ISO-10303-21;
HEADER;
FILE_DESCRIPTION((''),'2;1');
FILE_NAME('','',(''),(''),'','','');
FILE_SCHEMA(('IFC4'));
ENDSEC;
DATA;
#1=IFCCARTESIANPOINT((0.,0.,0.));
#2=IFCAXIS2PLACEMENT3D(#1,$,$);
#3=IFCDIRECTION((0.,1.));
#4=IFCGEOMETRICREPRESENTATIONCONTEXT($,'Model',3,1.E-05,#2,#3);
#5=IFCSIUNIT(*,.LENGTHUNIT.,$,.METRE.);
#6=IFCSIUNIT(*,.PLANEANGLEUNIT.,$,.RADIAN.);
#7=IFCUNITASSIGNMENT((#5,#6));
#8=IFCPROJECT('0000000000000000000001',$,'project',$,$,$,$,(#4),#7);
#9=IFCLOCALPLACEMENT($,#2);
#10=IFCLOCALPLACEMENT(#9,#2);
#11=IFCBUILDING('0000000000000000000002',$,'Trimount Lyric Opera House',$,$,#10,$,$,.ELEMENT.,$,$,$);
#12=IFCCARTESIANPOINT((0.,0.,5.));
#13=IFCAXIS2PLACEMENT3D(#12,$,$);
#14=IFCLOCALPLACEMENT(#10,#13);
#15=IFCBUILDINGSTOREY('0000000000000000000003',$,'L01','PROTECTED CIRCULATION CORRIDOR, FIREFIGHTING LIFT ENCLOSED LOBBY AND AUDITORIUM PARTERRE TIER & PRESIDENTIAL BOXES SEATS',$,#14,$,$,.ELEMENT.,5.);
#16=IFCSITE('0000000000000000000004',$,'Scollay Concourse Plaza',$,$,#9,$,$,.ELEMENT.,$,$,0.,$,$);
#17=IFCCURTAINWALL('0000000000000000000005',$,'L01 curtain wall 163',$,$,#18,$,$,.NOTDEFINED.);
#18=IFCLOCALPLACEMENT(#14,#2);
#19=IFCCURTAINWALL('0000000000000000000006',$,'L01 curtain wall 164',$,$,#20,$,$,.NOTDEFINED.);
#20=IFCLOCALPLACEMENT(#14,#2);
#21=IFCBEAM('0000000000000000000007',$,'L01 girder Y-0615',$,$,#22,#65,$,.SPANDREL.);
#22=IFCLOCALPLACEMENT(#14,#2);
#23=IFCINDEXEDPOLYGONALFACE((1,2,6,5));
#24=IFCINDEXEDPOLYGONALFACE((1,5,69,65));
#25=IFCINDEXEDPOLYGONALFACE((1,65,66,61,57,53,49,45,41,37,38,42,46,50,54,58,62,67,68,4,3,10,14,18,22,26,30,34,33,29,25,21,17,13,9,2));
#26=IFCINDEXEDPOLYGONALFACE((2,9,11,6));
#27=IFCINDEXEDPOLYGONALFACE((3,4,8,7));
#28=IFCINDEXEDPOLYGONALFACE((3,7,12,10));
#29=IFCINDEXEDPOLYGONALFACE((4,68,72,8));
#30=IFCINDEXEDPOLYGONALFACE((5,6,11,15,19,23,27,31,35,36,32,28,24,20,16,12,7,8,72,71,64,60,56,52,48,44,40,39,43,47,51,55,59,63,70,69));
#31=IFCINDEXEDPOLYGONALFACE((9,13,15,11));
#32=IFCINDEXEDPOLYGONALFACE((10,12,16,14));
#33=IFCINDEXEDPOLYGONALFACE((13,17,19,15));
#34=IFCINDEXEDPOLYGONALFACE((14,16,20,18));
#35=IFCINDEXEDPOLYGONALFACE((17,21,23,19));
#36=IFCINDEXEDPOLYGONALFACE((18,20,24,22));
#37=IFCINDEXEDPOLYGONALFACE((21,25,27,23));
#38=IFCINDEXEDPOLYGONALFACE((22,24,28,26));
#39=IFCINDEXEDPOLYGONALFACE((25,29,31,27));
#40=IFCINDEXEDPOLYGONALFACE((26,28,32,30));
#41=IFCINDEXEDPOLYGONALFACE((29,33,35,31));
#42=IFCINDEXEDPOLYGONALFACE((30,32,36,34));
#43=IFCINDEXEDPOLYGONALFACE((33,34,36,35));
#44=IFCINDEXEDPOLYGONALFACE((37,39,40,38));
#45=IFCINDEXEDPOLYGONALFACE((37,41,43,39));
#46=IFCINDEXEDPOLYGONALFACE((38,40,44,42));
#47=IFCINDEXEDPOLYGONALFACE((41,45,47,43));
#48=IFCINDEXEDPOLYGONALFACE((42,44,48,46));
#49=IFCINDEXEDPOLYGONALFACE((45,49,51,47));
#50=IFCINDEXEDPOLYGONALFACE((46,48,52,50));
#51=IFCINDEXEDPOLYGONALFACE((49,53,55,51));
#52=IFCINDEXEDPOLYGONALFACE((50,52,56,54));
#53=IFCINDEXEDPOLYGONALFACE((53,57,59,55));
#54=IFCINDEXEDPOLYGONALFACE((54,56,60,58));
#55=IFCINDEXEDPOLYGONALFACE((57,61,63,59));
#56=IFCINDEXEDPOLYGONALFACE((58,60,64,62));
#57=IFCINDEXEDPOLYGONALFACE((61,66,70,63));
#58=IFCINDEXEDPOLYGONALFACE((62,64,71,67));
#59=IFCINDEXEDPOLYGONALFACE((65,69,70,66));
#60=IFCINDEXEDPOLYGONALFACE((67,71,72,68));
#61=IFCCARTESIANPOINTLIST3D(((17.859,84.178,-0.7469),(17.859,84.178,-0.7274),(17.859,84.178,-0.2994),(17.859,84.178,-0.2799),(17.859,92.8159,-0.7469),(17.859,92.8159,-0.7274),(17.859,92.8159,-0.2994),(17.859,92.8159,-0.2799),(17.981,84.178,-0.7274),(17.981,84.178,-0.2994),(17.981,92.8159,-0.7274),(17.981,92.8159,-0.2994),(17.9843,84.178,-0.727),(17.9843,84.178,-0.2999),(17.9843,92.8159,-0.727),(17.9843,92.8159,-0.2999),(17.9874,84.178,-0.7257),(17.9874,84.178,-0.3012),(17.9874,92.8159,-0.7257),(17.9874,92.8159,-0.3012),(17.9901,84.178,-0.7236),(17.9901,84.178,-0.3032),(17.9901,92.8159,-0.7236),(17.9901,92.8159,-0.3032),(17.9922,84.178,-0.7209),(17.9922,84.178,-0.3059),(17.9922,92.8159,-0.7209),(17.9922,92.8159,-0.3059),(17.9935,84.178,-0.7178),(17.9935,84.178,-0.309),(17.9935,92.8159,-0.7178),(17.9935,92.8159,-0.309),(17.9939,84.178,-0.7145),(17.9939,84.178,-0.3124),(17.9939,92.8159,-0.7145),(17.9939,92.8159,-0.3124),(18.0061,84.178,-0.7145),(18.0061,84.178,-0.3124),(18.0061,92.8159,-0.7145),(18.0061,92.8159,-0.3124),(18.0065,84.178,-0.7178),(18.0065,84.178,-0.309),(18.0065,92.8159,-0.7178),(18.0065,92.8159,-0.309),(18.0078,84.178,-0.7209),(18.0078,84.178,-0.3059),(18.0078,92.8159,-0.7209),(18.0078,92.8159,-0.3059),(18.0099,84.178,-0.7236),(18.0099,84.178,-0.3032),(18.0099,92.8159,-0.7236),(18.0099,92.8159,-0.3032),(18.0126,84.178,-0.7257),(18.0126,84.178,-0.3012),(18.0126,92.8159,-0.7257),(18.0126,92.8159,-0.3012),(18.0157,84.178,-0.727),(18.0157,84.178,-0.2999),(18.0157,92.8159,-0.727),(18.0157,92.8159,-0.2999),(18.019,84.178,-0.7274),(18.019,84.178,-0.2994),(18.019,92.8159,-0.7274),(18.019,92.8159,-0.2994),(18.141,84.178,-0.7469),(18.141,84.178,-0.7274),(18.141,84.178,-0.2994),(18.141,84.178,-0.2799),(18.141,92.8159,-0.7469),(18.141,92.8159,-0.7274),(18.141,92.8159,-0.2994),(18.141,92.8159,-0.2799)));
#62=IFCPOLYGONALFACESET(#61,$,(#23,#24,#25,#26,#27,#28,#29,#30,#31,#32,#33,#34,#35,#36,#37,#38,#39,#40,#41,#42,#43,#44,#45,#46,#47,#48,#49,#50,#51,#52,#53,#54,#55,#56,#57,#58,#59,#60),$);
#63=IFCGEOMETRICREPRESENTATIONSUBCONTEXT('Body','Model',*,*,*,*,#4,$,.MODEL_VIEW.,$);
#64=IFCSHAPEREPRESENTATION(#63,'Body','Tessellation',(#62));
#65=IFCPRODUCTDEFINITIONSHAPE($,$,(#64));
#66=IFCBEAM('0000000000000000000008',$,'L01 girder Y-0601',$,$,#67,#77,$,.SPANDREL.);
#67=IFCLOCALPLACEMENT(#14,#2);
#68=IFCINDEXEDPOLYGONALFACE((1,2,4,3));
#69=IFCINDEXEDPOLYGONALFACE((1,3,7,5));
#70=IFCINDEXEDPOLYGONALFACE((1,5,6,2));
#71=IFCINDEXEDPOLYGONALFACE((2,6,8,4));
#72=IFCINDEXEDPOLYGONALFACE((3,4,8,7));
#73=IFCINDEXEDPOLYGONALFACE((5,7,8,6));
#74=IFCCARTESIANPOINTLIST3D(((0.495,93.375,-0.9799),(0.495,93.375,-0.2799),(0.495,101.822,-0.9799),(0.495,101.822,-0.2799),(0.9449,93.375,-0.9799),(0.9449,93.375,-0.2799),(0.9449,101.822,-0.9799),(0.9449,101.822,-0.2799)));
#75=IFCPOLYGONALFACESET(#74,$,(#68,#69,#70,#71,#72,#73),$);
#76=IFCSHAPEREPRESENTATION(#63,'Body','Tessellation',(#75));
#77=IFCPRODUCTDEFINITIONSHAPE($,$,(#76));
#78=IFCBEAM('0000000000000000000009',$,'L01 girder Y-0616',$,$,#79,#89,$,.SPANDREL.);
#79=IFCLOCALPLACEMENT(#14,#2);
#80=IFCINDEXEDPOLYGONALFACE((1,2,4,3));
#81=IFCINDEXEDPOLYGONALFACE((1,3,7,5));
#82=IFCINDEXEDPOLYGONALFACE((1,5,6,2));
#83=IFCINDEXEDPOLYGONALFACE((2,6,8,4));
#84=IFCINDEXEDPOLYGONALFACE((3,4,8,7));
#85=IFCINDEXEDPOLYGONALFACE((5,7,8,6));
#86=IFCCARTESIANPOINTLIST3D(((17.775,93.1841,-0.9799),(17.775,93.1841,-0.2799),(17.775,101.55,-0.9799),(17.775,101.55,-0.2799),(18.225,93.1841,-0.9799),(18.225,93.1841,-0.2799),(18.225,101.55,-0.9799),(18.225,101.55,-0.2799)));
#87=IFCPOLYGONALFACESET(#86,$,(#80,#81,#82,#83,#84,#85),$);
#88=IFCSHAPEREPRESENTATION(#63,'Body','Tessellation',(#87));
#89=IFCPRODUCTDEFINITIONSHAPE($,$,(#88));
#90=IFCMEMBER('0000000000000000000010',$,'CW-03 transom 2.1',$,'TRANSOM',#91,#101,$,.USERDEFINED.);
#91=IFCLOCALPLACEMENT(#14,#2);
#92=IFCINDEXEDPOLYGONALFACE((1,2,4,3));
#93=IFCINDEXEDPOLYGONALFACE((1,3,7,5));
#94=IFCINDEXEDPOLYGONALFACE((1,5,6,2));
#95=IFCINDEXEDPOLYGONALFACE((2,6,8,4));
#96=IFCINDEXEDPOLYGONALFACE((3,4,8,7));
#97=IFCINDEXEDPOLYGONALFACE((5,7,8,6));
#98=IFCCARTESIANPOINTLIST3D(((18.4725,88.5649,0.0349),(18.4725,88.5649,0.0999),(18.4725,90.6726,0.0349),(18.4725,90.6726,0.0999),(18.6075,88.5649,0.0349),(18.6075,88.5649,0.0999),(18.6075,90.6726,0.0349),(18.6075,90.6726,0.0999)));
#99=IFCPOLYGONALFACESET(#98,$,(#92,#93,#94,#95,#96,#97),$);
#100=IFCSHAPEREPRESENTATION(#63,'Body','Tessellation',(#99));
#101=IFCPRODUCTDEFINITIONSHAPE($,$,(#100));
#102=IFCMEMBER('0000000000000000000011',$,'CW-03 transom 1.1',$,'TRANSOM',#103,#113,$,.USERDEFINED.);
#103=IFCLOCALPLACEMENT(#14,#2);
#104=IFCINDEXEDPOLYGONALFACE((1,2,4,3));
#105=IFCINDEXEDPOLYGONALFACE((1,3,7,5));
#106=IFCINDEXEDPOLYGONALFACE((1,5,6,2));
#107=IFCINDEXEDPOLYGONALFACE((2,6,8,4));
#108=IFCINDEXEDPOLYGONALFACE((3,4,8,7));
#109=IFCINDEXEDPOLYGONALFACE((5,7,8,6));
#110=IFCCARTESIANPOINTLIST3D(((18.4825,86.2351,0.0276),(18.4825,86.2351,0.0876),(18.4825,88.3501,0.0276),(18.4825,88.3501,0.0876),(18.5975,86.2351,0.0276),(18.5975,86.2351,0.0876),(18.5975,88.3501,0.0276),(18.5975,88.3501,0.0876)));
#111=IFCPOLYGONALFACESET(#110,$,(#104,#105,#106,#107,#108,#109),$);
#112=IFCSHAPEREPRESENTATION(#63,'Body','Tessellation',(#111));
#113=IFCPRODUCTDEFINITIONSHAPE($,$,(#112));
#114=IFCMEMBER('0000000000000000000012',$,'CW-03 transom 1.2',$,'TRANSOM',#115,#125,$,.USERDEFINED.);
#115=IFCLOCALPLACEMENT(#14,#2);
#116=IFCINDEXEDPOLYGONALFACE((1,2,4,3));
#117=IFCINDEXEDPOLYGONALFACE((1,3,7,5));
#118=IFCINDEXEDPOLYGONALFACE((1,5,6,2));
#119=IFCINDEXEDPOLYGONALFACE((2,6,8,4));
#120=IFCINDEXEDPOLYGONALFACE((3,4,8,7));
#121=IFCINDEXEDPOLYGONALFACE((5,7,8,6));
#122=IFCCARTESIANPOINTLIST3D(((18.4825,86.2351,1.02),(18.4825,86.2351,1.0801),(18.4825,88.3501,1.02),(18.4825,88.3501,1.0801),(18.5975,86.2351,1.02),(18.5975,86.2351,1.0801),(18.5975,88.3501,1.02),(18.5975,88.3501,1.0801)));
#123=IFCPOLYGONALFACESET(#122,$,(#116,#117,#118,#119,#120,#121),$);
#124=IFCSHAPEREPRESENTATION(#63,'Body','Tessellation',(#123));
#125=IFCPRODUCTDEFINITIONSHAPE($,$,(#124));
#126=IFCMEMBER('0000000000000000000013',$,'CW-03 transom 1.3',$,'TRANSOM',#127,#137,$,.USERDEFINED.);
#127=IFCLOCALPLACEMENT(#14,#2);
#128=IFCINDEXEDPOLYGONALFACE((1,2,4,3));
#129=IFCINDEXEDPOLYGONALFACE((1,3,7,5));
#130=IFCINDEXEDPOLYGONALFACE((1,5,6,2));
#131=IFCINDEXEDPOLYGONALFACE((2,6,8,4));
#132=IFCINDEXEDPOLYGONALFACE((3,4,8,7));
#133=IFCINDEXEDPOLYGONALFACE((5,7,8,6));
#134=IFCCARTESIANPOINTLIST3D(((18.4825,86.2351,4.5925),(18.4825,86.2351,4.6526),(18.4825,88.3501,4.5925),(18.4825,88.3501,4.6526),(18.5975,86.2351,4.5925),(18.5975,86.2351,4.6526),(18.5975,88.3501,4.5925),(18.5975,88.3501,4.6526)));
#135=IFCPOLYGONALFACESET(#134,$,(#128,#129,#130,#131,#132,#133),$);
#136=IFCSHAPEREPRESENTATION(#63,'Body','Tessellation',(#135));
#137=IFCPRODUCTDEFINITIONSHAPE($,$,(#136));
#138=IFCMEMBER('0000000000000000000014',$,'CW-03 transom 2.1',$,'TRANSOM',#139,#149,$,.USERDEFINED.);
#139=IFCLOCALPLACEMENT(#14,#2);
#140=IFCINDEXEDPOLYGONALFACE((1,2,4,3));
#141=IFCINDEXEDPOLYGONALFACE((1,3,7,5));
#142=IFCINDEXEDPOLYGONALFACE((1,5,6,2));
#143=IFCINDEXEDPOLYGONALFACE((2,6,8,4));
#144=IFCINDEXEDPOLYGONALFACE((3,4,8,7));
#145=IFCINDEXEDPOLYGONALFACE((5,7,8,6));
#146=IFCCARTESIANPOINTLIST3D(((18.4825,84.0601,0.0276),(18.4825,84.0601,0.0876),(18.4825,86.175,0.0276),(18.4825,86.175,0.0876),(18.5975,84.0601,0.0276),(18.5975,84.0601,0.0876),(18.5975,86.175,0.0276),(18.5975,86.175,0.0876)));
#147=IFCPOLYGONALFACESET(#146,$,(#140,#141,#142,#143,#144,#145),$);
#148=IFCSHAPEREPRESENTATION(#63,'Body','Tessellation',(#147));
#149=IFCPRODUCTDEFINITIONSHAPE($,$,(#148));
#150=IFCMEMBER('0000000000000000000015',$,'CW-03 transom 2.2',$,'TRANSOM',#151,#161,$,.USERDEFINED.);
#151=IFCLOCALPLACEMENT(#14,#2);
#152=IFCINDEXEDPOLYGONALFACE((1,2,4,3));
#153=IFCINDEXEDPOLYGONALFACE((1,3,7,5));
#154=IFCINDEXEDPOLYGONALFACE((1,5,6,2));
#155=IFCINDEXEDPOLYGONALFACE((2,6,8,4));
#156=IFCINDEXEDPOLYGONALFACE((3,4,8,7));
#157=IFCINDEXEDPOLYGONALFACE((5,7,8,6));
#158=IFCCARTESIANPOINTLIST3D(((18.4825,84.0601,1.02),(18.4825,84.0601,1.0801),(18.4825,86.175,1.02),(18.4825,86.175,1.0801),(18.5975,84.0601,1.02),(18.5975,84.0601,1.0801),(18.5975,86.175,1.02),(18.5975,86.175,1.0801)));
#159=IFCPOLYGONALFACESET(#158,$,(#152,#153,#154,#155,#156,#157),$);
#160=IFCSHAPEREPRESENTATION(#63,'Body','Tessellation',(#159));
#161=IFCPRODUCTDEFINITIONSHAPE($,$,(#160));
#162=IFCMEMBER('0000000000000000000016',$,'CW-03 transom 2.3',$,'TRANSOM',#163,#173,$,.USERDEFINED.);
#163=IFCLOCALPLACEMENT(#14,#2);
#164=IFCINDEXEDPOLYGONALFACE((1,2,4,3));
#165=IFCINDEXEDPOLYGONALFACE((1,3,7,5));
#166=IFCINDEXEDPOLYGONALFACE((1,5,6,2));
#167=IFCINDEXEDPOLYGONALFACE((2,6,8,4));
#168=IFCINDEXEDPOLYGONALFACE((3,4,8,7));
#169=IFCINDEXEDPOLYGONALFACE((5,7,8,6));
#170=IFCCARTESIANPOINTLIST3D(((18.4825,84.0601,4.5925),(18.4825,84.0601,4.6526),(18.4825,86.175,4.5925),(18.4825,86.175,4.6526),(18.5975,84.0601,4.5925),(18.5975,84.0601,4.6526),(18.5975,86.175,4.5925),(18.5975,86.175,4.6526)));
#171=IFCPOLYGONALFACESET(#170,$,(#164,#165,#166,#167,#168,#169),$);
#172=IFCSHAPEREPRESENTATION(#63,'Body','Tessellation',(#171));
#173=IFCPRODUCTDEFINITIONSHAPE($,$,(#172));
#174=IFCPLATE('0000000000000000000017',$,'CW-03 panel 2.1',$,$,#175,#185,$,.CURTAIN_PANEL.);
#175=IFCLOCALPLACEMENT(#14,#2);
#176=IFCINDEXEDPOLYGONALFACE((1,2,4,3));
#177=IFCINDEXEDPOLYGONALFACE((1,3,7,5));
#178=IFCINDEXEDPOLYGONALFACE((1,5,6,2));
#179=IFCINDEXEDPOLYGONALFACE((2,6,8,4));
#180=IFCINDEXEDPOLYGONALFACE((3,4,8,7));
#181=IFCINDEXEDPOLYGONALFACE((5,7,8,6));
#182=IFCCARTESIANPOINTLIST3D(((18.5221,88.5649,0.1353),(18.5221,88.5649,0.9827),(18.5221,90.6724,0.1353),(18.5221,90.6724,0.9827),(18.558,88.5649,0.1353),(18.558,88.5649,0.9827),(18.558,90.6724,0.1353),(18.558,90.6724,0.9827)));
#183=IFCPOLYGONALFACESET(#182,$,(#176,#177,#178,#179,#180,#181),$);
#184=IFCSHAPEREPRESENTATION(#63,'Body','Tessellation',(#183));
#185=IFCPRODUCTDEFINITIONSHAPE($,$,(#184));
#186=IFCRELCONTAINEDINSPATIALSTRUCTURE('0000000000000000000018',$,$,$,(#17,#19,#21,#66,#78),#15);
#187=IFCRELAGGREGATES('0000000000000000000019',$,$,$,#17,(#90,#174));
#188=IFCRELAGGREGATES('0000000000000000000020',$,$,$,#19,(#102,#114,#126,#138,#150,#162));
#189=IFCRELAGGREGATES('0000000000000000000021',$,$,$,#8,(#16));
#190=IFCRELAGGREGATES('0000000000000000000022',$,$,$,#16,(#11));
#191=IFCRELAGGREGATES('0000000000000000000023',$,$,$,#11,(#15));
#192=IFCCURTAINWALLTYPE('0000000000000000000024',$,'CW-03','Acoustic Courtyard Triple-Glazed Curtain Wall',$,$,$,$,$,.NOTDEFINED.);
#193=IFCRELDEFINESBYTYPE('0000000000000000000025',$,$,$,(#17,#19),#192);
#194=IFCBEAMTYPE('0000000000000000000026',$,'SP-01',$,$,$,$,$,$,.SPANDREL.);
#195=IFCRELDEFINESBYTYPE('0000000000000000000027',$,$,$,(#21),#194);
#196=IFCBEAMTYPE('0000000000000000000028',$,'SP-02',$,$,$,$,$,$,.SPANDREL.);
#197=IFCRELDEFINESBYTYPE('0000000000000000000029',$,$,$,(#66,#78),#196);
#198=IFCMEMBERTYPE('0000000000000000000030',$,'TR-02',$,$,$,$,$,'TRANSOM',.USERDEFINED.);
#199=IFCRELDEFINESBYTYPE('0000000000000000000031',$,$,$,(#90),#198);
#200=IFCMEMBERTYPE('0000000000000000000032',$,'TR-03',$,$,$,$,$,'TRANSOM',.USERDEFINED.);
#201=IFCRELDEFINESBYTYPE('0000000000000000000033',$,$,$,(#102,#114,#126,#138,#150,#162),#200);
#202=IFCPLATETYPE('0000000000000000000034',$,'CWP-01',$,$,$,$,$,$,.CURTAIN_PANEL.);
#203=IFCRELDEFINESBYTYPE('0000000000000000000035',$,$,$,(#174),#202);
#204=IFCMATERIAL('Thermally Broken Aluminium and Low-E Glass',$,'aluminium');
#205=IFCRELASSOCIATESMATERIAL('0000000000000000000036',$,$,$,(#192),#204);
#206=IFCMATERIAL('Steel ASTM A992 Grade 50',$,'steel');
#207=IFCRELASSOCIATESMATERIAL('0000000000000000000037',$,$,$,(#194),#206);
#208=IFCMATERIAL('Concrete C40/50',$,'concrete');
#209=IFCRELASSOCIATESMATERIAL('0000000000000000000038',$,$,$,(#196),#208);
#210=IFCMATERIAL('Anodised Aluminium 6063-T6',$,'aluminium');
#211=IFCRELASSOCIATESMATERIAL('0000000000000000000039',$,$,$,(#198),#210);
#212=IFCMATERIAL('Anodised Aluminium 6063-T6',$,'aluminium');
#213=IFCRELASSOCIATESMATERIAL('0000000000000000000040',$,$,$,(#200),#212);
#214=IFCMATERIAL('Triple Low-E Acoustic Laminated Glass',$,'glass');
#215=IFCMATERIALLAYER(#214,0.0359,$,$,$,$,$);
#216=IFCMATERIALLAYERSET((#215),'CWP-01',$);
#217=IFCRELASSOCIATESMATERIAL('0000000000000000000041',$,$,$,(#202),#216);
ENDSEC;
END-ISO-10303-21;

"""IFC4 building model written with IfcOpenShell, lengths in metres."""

from ifc_helpers import new_model, si_unit, direction, frame, origin, origin_2d, place, context, subcontext, project, spatial, rectangle, i_section, extrude, material, layer, layer_set, material_profile, profile_set, type_object, element, aggregate, save


model = new_model("IFC4")

# Units and contexts
model_context = context("Model", 3, precision=1e-05, world=origin(), true_north=direction((0.0, 1.0)))
body_context = subcontext(model_context, "Body", "Model", "MODEL_VIEW")
ifc_project = project(units=[si_unit("LENGTHUNIT", "METRE"), si_unit("PLANEANGLEUNIT", "RADIAN")], contexts=[model_context])

# Site, building, storey
site_placement = place(None, origin())
site = spatial("IfcSite", under=ifc_project, at=site_placement, Name="Scollay Concourse Plaza", CompositionType="ELEMENT", RefElevation=0.0)
building_placement = place(site_placement, origin())
building = spatial("IfcBuilding", under=site, at=building_placement, Name="Trimount Lyric Opera House", CompositionType="ELEMENT")
storey_placement = place(building_placement, frame((0.0, 0.0, 5.0)))
storey = spatial("IfcBuildingStorey", under=building, at=storey_placement, Name="L01", Description="PROTECTED CIRCULATION CORRIDOR, FIREFIGHTING LIFT ENCLOSED LOBBY AND AUDITORIUM PARTERRE TIER & PRESIDENTIAL BOXES SEATS", CompositionType="ELEMENT", Elevation=5.0)

# Curtain wall
ifc_material_1 = material(Name="Thermally Broken Aluminium and Low-E Glass", Category="aluminium")
curtain_wall_type = type_object("IfcCurtainWallType", Name="CW-03", Description="Acoustic Courtyard Triple-Glazed Curtain Wall", PredefinedType="NOTDEFINED", material=ifc_material_1)
curtain_wall_1_placement = place(storey_placement, origin())
curtain_wall_1 = element("IfcCurtainWall", 1, at=curtain_wall_1_placement, inside=storey, type_object=curtain_wall_type, Name="L01 curtain wall 163", PredefinedType="NOTDEFINED")

# Curtain wall
curtain_wall_2_placement = place(storey_placement, origin())
curtain_wall_2 = element("IfcCurtainWall", 2, at=curtain_wall_2_placement, inside=storey, type_object=curtain_wall_type, Name="L01 curtain wall 164", PredefinedType="NOTDEFINED")

# Beams
ifc_material_2 = material(Name="Steel ASTM A992 Grade 50", Category="steel")
ifc_material_profile_1 = material_profile(ifc_material_2, i_section(OverallWidth=0.282, OverallDepth=0.467, WebThickness=0.0122, FlangeThickness=0.0195, FilletRadius=0.0129, at=origin_2d()), Name="W18X86")
ifc_profile_set_1 = profile_set([ifc_material_profile_1], Name="Steel ASTM A992 Grade 50")
beam_type_1 = type_object("IfcBeamType", Name="SP-01", PredefinedType="SPANDREL", material=ifc_profile_set_1)
beam_1_placement = place(storey_placement, frame((18.0, 84.178, -0.5134), z_axis=(0.0, 1.0, 0.0), x_axis=(-1.0, 0.0, 0.0)))
element("IfcBeam", 3, at=beam_1_placement, inside=storey, type_object=beam_type_1, Name="L01 girder Y-0615", PredefinedType="SPANDREL", context=body_context, shape_type="SweptSolid", body=[
    extrude(i_section(OverallWidth=0.282, OverallDepth=0.467, WebThickness=0.0122, FlangeThickness=0.0195, FilletRadius=0.0129, at=origin_2d()), origin(), (0.0, 0.0, 1.0), 8.6379),
])
ifc_material_3 = material(Name="Concrete C40/50", Category="concrete")
ifc_material_profile_2 = material_profile(ifc_material_3, rectangle(XDim=0.45, YDim=0.7, at=origin_2d()), Name="RC450X700")
ifc_profile_set_2 = profile_set([ifc_material_profile_2], Name="Concrete C40/50")
beam_type_2 = type_object("IfcBeamType", Name="SP-02", PredefinedType="SPANDREL", material=ifc_profile_set_2)
beam_2_placement = place(storey_placement, frame((0.72, 93.375, -0.6299), z_axis=(0.0, 1.0, 0.0), x_axis=(-1.0, 0.0, 0.0)))
element("IfcBeam", 4, at=beam_2_placement, inside=storey, type_object=beam_type_2, Name="L01 girder Y-0601", PredefinedType="SPANDREL", context=body_context, shape_type="SweptSolid", body=[
    extrude(rectangle(XDim=0.45, YDim=0.7, at=origin_2d()), origin(), (0.0, 0.0, 1.0), 8.447),
])
beam_3_placement = place(storey_placement, frame((18.0, 93.1841, -0.6299), z_axis=(0.0, 1.0, 0.0), x_axis=(-1.0, 0.0, 0.0)))
element("IfcBeam", 5, at=beam_3_placement, inside=storey, type_object=beam_type_2, Name="L01 girder Y-0616", PredefinedType="SPANDREL", context=body_context, shape_type="SweptSolid", body=[
    extrude(rectangle(XDim=0.45, YDim=0.7, at=origin_2d()), origin(), (0.0, 0.0, 1.0), 8.366),
])

# Members
ifc_material_4 = material(Name="Anodised Aluminium 6063-T6", Category="aluminium")
ifc_material_profile_3 = material_profile(ifc_material_4, rectangle(XDim=0.135, YDim=0.0649, at=origin_2d()), Name="ALU-TRAN-65X135")
ifc_profile_set_3 = profile_set([ifc_material_profile_3], Name="Anodised Aluminium 6063-T6")
member_type_1 = type_object("IfcMemberType", Name="TR-02", ElementType="TRANSOM", PredefinedType="USERDEFINED", material=ifc_profile_set_3)
member_1_placement = place(storey_placement, frame((18.54, 90.6726, 0.0674), z_axis=(0.0, -1.0, 0.0), x_axis=(1.0, 0.0, 0.0)))
member_1 = element("IfcMember", 6, at=member_1_placement, type_object=member_type_1, Name="CW-03 transom 2.1", ObjectType="TRANSOM", PredefinedType="USERDEFINED", context=body_context, shape_type="SweptSolid", body=[
    extrude(rectangle(XDim=0.135, YDim=0.0649, at=origin_2d()), origin(), (0.0, 0.0, 1.0), 2.1077),
])
ifc_material_5 = material(Name="Anodised Aluminium 6063-T6", Category="aluminium")
ifc_material_profile_4 = material_profile(ifc_material_5, rectangle(XDim=0.115, YDim=0.0601, at=origin_2d()), Name="ALU-TRAN-60X115")
ifc_profile_set_4 = profile_set([ifc_material_profile_4], Name="Anodised Aluminium 6063-T6")
member_type_2 = type_object("IfcMemberType", Name="TR-03", ElementType="TRANSOM", PredefinedType="USERDEFINED", material=ifc_profile_set_4)
member_2_placement = place(storey_placement, frame((18.54, 88.3501, 0.0576), z_axis=(0.0, -1.0, 0.0), x_axis=(1.0, 0.0, 0.0)))
member_2 = element("IfcMember", 7, at=member_2_placement, type_object=member_type_2, Name="CW-03 transom 1.1", ObjectType="TRANSOM", PredefinedType="USERDEFINED", context=body_context, shape_type="SweptSolid", body=[
    extrude(rectangle(XDim=0.115, YDim=0.0601, at=origin_2d()), origin(), (0.0, 0.0, 1.0), 2.115),
])
member_3_placement = place(storey_placement, frame((18.54, 88.3501, 1.05), z_axis=(0.0, -1.0, 0.0), x_axis=(1.0, 0.0, 0.0)))
member_3 = element("IfcMember", 8, at=member_3_placement, type_object=member_type_2, Name="CW-03 transom 1.2", ObjectType="TRANSOM", PredefinedType="USERDEFINED", context=body_context, shape_type="SweptSolid", body=[
    extrude(rectangle(XDim=0.115, YDim=0.0601, at=origin_2d()), origin(), (0.0, 0.0, 1.0), 2.115),
])
member_4_placement = place(storey_placement, frame((18.54, 88.3501, 4.6226), z_axis=(0.0, -1.0, 0.0), x_axis=(1.0, 0.0, 0.0)))
member_4 = element("IfcMember", 9, at=member_4_placement, type_object=member_type_2, Name="CW-03 transom 1.3", ObjectType="TRANSOM", PredefinedType="USERDEFINED", context=body_context, shape_type="SweptSolid", body=[
    extrude(rectangle(XDim=0.115, YDim=0.0601, at=origin_2d()), origin(), (0.0, 0.0, 1.0), 2.115),
])
member_5_placement = place(storey_placement, frame((18.54, 86.175, 0.0576), z_axis=(0.0, -1.0, 0.0), x_axis=(1.0, 0.0, 0.0)))
member_5 = element("IfcMember", 10, at=member_5_placement, type_object=member_type_2, Name="CW-03 transom 2.1", ObjectType="TRANSOM", PredefinedType="USERDEFINED", context=body_context, shape_type="SweptSolid", body=[
    extrude(rectangle(XDim=0.115, YDim=0.0601, at=origin_2d()), origin(), (0.0, 0.0, 1.0), 2.115),
])
member_6_placement = place(storey_placement, frame((18.54, 86.175, 1.05), z_axis=(0.0, -1.0, 0.0), x_axis=(1.0, 0.0, 0.0)))
member_6 = element("IfcMember", 11, at=member_6_placement, type_object=member_type_2, Name="CW-03 transom 2.2", ObjectType="TRANSOM", PredefinedType="USERDEFINED", context=body_context, shape_type="SweptSolid", body=[
    extrude(rectangle(XDim=0.115, YDim=0.0601, at=origin_2d()), origin(), (0.0, 0.0, 1.0), 2.115),
])
member_7_placement = place(storey_placement, frame((18.54, 86.175, 4.6226), z_axis=(0.0, -1.0, 0.0), x_axis=(1.0, 0.0, 0.0)))
member_7 = element("IfcMember", 12, at=member_7_placement, type_object=member_type_2, Name="CW-03 transom 2.3", ObjectType="TRANSOM", PredefinedType="USERDEFINED", context=body_context, shape_type="SweptSolid", body=[
    extrude(rectangle(XDim=0.115, YDim=0.0601, at=origin_2d()), origin(), (0.0, 0.0, 1.0), 2.115),
])

# Plate
ifc_material_6 = material(Name="Triple Low-E Acoustic Laminated Glass", Category="glass")
ifc_layer_1 = layer(ifc_material_6, 0.0359)
ifc_layer_set_1 = layer_set([ifc_layer_1], Name="CWP-01")
plate_type_1 = type_object("IfcPlateType", Name="CWP-01", PredefinedType="CURTAIN_PANEL", material=ifc_layer_set_1)
plate_1_placement = place(storey_placement, frame((18.54, 89.6187, 0.1353), z_axis=(0.0, 0.0, 1.0), x_axis=(0.0, -1.0, 0.0)))
plate_1 = element("IfcPlate", 13, at=plate_1_placement, type_object=plate_type_1, Name="CW-03 panel 2.1", PredefinedType="CURTAIN_PANEL", context=body_context, shape_type="SweptSolid", body=[
    extrude(rectangle(XDim=2.1074, YDim=0.0359, at=origin_2d()), origin(), (0.0, 0.0, 1.0), 0.8474),
])
aggregate(curtain_wall_1, [member_1, plate_1])
aggregate(curtain_wall_2, [member_2, member_3, member_4, member_5, member_6, member_7])

save(model, "model.ifc")
